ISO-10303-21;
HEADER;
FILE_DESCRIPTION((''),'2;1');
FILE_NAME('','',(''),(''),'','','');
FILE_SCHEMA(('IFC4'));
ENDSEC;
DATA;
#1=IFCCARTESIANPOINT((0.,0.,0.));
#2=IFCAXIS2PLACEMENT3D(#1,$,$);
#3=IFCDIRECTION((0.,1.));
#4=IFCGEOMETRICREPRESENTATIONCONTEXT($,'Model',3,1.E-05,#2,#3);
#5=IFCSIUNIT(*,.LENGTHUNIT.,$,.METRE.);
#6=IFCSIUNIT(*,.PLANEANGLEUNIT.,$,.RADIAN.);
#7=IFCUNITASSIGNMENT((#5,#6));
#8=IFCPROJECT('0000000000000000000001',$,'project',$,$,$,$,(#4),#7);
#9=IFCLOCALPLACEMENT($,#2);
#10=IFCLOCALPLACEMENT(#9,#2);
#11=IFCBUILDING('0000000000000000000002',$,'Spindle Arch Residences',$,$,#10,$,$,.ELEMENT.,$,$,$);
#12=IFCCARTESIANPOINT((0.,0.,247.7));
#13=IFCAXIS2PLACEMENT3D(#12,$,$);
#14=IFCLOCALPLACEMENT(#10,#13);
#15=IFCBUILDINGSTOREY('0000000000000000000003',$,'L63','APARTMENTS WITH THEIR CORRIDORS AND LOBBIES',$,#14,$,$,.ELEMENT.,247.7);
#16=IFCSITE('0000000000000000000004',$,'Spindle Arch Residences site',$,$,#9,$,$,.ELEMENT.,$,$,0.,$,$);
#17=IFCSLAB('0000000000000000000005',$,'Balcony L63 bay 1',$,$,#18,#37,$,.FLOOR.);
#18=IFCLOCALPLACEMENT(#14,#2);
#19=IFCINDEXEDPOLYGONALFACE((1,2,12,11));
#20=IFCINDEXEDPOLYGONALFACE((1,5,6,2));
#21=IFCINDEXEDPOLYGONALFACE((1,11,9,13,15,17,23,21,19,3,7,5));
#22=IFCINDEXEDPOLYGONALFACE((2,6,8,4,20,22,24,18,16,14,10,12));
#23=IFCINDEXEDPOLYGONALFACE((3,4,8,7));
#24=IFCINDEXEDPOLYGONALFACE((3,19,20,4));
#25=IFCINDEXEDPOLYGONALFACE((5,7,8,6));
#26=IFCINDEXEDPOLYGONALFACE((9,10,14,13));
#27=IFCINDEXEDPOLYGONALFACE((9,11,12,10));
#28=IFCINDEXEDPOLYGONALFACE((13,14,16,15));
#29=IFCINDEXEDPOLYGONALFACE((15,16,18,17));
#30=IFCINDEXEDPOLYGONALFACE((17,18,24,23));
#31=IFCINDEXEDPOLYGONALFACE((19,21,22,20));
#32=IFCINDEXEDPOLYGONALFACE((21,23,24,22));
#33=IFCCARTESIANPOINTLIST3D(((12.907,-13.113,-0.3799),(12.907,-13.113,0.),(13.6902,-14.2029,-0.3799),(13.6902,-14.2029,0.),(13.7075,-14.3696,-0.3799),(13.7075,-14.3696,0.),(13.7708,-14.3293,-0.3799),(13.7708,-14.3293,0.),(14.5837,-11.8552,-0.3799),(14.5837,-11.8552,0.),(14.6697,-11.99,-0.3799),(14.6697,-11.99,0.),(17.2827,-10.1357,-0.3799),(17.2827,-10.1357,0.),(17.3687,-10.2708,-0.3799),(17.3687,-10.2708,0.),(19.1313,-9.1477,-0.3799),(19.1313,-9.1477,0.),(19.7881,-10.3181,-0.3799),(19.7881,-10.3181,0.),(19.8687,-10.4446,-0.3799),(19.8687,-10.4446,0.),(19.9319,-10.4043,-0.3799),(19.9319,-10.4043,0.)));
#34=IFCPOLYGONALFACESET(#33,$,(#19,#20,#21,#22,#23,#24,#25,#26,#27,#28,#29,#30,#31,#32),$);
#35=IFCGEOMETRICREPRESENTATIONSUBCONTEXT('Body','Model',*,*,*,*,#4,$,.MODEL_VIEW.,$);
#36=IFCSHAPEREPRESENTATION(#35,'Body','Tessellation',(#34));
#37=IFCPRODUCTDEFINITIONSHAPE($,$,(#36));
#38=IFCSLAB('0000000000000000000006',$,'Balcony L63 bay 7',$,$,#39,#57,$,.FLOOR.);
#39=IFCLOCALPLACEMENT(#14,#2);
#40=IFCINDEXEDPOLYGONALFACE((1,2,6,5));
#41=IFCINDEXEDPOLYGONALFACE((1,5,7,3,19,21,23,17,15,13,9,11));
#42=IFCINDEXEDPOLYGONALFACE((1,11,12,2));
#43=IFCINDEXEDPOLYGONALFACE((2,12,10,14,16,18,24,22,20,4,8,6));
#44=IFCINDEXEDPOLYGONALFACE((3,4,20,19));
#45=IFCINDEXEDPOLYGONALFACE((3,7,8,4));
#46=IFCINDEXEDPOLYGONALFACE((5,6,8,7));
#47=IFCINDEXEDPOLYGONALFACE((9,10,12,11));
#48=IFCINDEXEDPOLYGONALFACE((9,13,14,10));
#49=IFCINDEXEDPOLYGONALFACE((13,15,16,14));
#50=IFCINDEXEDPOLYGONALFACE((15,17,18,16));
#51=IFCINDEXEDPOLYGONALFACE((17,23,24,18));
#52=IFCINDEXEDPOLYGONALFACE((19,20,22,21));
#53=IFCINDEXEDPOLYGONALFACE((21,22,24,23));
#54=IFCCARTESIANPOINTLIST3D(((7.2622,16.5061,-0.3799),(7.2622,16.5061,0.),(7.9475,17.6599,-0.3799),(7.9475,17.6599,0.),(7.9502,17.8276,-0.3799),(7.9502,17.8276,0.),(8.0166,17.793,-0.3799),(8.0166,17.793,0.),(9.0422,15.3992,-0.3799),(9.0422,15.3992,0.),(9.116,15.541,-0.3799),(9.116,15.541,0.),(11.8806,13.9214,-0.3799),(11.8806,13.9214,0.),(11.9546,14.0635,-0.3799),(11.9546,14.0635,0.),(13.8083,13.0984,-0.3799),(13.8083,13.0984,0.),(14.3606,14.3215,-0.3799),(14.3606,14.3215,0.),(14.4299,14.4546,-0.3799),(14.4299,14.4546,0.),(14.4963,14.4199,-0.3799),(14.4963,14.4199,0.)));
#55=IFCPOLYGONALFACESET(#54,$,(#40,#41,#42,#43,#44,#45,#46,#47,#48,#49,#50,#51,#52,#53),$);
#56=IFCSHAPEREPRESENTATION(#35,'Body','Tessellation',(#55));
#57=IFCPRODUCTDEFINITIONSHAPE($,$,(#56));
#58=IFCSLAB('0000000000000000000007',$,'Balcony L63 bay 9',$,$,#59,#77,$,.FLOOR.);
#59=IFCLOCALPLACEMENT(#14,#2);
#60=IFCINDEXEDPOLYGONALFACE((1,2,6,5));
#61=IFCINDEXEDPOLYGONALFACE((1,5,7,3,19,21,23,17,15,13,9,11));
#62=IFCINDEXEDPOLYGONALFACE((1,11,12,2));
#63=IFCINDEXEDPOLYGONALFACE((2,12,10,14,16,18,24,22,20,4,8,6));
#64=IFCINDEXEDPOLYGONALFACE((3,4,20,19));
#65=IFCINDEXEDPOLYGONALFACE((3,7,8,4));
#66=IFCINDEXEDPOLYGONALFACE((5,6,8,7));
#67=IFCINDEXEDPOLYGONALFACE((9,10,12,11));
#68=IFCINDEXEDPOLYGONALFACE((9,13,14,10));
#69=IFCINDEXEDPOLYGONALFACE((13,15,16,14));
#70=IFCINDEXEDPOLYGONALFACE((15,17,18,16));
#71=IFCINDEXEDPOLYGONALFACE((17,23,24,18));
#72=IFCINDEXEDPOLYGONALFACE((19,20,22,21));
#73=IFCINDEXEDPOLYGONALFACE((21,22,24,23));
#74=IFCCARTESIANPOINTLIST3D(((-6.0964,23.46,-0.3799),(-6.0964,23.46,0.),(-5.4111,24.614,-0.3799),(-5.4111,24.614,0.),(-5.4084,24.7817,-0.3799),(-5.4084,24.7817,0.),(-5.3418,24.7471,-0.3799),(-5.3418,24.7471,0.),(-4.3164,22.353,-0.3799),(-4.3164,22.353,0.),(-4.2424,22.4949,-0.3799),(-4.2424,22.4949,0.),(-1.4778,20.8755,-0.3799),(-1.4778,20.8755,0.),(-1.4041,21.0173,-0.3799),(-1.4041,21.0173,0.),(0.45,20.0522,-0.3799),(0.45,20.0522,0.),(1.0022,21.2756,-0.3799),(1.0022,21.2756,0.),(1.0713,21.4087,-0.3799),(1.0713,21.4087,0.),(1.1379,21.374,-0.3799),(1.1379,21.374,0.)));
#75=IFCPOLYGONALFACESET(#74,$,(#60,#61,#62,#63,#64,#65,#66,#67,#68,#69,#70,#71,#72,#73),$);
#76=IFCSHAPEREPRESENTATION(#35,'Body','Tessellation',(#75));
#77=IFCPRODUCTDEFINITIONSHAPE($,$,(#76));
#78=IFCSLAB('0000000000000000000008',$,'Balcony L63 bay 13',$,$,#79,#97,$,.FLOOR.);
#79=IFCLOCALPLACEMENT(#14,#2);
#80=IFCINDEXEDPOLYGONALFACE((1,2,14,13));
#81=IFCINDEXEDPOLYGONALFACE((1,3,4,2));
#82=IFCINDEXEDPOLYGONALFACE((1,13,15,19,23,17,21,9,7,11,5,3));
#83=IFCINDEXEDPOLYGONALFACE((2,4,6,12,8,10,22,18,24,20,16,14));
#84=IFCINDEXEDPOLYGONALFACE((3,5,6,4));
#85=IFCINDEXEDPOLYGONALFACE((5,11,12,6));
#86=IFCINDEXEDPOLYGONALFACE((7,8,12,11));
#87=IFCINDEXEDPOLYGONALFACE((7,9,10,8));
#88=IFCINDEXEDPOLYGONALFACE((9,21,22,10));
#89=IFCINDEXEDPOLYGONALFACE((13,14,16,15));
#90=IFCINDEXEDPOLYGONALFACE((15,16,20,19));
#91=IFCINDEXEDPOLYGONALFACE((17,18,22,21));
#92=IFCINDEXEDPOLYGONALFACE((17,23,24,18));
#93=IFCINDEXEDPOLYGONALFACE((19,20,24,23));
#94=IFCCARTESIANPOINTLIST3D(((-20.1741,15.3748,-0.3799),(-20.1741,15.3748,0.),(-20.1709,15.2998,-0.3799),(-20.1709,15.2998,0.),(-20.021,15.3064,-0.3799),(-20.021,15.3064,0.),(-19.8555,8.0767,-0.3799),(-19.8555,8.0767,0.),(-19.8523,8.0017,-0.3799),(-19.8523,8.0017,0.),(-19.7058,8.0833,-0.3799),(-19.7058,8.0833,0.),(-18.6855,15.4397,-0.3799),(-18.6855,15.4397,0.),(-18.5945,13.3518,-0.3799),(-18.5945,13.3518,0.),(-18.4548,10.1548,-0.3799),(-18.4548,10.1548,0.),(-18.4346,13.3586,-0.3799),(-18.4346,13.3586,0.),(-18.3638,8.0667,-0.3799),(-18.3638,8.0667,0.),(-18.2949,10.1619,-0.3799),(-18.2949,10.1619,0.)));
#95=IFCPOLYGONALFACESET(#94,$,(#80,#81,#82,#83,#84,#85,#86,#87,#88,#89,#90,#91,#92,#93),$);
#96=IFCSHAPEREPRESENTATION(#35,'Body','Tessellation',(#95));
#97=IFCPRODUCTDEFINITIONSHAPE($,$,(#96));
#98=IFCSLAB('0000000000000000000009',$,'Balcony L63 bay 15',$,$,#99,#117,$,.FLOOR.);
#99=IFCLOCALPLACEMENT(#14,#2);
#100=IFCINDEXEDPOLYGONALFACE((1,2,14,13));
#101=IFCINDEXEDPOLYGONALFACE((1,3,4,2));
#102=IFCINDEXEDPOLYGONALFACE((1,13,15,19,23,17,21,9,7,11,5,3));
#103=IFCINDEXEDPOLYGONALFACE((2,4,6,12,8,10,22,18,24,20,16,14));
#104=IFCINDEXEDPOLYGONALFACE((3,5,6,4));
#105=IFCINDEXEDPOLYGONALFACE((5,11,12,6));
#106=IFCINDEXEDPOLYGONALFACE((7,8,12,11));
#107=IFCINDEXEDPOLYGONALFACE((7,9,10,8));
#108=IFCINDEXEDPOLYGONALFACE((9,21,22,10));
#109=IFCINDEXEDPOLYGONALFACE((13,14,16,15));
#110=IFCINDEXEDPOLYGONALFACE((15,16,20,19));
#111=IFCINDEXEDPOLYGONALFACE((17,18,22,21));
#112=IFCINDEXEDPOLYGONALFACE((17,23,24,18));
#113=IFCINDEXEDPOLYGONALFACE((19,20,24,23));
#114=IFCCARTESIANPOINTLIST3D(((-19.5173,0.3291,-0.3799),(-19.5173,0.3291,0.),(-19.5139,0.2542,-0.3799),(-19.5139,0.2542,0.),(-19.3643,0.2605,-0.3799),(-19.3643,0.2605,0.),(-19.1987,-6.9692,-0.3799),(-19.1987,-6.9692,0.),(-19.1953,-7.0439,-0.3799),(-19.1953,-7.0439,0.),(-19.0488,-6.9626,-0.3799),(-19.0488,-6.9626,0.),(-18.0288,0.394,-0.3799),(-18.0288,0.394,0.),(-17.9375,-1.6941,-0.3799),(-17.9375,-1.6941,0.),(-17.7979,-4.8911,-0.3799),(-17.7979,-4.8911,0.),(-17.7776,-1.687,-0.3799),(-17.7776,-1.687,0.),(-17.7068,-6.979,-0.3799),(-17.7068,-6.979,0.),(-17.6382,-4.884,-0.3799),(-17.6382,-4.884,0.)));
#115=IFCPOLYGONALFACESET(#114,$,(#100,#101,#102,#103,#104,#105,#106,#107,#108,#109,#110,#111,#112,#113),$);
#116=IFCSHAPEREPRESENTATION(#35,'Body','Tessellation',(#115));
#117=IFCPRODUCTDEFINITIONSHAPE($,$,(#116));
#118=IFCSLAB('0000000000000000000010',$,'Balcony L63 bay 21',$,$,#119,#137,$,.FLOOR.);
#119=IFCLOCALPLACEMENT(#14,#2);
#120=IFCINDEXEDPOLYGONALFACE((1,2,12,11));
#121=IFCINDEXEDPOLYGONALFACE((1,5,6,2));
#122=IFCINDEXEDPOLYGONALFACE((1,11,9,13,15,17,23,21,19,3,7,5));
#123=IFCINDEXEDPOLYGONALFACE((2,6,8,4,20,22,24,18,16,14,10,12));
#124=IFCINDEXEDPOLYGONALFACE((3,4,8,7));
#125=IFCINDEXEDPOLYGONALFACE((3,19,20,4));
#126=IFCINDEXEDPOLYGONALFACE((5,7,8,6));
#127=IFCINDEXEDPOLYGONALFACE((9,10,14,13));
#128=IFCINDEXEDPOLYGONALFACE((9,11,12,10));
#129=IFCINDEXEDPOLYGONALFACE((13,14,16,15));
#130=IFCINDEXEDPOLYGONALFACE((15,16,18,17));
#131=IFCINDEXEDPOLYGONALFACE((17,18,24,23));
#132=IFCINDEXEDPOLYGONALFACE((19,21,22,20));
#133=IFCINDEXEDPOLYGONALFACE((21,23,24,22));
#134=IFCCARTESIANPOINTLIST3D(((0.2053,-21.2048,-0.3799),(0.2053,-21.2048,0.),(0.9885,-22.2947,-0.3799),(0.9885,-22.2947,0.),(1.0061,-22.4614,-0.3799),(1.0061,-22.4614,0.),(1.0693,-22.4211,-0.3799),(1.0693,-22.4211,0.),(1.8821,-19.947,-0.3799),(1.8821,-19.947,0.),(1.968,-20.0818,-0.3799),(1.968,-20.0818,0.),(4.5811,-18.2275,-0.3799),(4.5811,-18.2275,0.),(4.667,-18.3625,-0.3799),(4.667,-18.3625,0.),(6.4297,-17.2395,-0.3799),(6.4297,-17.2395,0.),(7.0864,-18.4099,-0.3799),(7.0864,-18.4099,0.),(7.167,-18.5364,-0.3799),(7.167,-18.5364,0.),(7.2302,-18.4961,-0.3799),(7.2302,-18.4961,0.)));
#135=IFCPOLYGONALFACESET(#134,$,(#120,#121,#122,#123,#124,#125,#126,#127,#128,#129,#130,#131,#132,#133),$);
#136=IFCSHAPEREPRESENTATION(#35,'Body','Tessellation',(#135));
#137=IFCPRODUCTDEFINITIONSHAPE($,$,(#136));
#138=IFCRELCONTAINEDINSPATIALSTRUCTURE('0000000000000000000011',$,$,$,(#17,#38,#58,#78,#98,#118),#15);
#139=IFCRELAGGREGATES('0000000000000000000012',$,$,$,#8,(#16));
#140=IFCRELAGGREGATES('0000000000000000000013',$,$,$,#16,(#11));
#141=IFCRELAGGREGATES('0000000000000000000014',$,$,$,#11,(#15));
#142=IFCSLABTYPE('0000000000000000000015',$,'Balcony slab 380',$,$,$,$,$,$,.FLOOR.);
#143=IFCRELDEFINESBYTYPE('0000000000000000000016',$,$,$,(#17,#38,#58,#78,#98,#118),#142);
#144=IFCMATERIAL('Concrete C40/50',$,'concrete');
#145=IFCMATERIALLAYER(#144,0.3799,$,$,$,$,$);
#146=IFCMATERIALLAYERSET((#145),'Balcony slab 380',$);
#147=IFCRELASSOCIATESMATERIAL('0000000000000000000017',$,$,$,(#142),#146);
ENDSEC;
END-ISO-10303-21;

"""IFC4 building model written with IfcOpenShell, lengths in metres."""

from ifc_helpers import new_model, si_unit, direction, frame, origin, place, context, subcontext, project, spatial, polyline, outline, extrude, material, layer, layer_set, type_object, element, save


model = new_model("IFC4")

# Units and contexts
model_context = context("Model", 3, precision=1e-05, world=origin(), true_north=direction((0.0, 1.0)))
body_context = subcontext(model_context, "Body", "Model", "MODEL_VIEW")
ifc_project = project(units=[si_unit("LENGTHUNIT", "METRE"), si_unit("PLANEANGLEUNIT", "RADIAN")], contexts=[model_context])

# Site, building, storey
site_placement = place(None, origin())
site = spatial("IfcSite", under=ifc_project, at=site_placement, Name="Spindle Arch Residences site", CompositionType="ELEMENT", RefElevation=0.0)
building_placement = place(site_placement, origin())
building = spatial("IfcBuilding", under=site, at=building_placement, Name="Spindle Arch Residences", CompositionType="ELEMENT")
storey_placement = place(building_placement, frame((0.0, 0.0, 247.7)))
storey = spatial("IfcBuildingStorey", under=building, at=storey_placement, Name="L63", Description="APARTMENTS WITH THEIR CORRIDORS AND LOBBIES", CompositionType="ELEMENT", Elevation=247.7)

# Slabs
ifc_material_1 = material(Name="Concrete C40/50", Category="concrete")
ifc_layer_1 = layer(ifc_material_1, 0.3799)
ifc_layer_set_1 = layer_set([ifc_layer_1], Name="Balcony slab 380")
slab_type_1 = type_object("IfcSlabType", Name="Balcony slab 380", PredefinedType="FLOOR", material=ifc_layer_set_1)
slab_1_placement = place(storey_placement, frame((0.0, 0.0, -0.3799)))
element("IfcSlab", 1, at=slab_1_placement, inside=storey, type_object=slab_type_1, Name="Balcony L63 bay 1", PredefinedType="FLOOR", context=body_context, shape_type="SweptSolid", body=[
    extrude(outline(polyline([(13.7075, -14.3696), (13.7708, -14.3293), (13.6902, -14.2029), (19.7881, -10.3181), (19.8687, -10.4446), (19.9319, -10.4043), (19.1313, -9.1477), (17.3687, -10.2708), (17.2827, -10.1357), (14.5837, -11.8552), (14.6697, -11.99), (12.907, -13.113), (13.7075, -14.3696)])), origin(), (0.0, 0.0, 1.0), 0.3799),
])
slab_2_placement = place(storey_placement, frame((0.0, 0.0, -0.3799)))
element("IfcSlab", 2, at=slab_2_placement, inside=storey, type_object=slab_type_1, Name="Balcony L63 bay 7", PredefinedType="FLOOR", context=body_context, shape_type="SweptSolid", body=[
    extrude(outline(polyline([(14.4963, 14.4199), (14.4299, 14.4546), (14.3606, 14.3215), (7.9475, 17.6599), (8.0166, 17.793), (7.9502, 17.8276), (7.2622, 16.5061), (9.116, 15.541), (9.0422, 15.3992), (11.8806, 13.9214), (11.9546, 14.0635), (13.8083, 13.0984), (14.4963, 14.4199)])), origin(), (0.0, 0.0, 1.0), 0.3799),
])
slab_3_placement = place(storey_placement, frame((0.0, 0.0, -0.3799)))
element("IfcSlab", 3, at=slab_3_placement, inside=storey, type_object=slab_type_1, Name="Balcony L63 bay 9", PredefinedType="FLOOR", context=body_context, shape_type="SweptSolid", body=[
    extrude(outline(polyline([(1.1379, 21.374), (1.0713, 21.4087), (1.0022, 21.2756), (-5.4111, 24.614), (-5.3418, 24.7471), (-5.4084, 24.7817), (-6.0964, 23.46), (-4.2424, 22.4949), (-4.3164, 22.353), (-1.4778, 20.8755), (-1.4041, 21.0173), (0.45, 20.0522), (1.1379, 21.374)])), origin(), (0.0, 0.0, 1.0), 0.3799),
])
slab_4_placement = place(storey_placement, frame((0.0, 0.0, -0.3799)))
element("IfcSlab", 4, at=slab_4_placement, inside=storey, type_object=slab_type_1, Name="Balcony L63 bay 13", PredefinedType="FLOOR", context=body_context, shape_type="SweptSolid", body=[
    extrude(outline(polyline([(-20.1741, 15.3748), (-20.1709, 15.2998), (-20.021, 15.3064), (-19.7058, 8.0833), (-19.8555, 8.0767), (-19.8523, 8.0017), (-18.3638, 8.0667), (-18.4548, 10.1548), (-18.2949, 10.1619), (-18.4346, 13.3586), (-18.5945, 13.3518), (-18.6855, 15.4397), (-20.1741, 15.3748)])), origin(), (0.0, 0.0, 1.0), 0.3799),
])
slab_5_placement = place(storey_placement, frame((0.0, 0.0, -0.3799)))
element("IfcSlab", 5, at=slab_5_placement, inside=storey, type_object=slab_type_1, Name="Balcony L63 bay 15", PredefinedType="FLOOR", context=body_context, shape_type="SweptSolid", body=[
    extrude(outline(polyline([(-19.5173, 0.3291), (-19.5139, 0.2542), (-19.3643, 0.2605), (-19.0488, -6.9626), (-19.1987, -6.9692), (-19.1953, -7.0439), (-17.7068, -6.979), (-17.7979, -4.8911), (-17.6382, -4.884), (-17.7776, -1.687), (-17.9375, -1.6941), (-18.0288, 0.394), (-19.5173, 0.3291)])), origin(), (0.0, 0.0, 1.0), 0.3799),
])
slab_6_placement = place(storey_placement, frame((0.0, 0.0, -0.3799)))
element("IfcSlab", 6, at=slab_6_placement, inside=storey, type_object=slab_type_1, Name="Balcony L63 bay 21", PredefinedType="FLOOR", context=body_context, shape_type="SweptSolid", body=[
    extrude(outline(polyline([(1.0061, -22.4614), (1.0693, -22.4211), (0.9885, -22.2947), (7.0864, -18.4099), (7.167, -18.5364), (7.2302, -18.4961), (6.4297, -17.2395), (4.667, -18.3625), (4.5811, -18.2275), (1.8821, -19.947), (1.968, -20.0818), (0.2053, -21.2048), (1.0061, -22.4614)])), origin(), (0.0, 0.0, 1.0), 0.3799),
])

save(model, "model.ifc")
